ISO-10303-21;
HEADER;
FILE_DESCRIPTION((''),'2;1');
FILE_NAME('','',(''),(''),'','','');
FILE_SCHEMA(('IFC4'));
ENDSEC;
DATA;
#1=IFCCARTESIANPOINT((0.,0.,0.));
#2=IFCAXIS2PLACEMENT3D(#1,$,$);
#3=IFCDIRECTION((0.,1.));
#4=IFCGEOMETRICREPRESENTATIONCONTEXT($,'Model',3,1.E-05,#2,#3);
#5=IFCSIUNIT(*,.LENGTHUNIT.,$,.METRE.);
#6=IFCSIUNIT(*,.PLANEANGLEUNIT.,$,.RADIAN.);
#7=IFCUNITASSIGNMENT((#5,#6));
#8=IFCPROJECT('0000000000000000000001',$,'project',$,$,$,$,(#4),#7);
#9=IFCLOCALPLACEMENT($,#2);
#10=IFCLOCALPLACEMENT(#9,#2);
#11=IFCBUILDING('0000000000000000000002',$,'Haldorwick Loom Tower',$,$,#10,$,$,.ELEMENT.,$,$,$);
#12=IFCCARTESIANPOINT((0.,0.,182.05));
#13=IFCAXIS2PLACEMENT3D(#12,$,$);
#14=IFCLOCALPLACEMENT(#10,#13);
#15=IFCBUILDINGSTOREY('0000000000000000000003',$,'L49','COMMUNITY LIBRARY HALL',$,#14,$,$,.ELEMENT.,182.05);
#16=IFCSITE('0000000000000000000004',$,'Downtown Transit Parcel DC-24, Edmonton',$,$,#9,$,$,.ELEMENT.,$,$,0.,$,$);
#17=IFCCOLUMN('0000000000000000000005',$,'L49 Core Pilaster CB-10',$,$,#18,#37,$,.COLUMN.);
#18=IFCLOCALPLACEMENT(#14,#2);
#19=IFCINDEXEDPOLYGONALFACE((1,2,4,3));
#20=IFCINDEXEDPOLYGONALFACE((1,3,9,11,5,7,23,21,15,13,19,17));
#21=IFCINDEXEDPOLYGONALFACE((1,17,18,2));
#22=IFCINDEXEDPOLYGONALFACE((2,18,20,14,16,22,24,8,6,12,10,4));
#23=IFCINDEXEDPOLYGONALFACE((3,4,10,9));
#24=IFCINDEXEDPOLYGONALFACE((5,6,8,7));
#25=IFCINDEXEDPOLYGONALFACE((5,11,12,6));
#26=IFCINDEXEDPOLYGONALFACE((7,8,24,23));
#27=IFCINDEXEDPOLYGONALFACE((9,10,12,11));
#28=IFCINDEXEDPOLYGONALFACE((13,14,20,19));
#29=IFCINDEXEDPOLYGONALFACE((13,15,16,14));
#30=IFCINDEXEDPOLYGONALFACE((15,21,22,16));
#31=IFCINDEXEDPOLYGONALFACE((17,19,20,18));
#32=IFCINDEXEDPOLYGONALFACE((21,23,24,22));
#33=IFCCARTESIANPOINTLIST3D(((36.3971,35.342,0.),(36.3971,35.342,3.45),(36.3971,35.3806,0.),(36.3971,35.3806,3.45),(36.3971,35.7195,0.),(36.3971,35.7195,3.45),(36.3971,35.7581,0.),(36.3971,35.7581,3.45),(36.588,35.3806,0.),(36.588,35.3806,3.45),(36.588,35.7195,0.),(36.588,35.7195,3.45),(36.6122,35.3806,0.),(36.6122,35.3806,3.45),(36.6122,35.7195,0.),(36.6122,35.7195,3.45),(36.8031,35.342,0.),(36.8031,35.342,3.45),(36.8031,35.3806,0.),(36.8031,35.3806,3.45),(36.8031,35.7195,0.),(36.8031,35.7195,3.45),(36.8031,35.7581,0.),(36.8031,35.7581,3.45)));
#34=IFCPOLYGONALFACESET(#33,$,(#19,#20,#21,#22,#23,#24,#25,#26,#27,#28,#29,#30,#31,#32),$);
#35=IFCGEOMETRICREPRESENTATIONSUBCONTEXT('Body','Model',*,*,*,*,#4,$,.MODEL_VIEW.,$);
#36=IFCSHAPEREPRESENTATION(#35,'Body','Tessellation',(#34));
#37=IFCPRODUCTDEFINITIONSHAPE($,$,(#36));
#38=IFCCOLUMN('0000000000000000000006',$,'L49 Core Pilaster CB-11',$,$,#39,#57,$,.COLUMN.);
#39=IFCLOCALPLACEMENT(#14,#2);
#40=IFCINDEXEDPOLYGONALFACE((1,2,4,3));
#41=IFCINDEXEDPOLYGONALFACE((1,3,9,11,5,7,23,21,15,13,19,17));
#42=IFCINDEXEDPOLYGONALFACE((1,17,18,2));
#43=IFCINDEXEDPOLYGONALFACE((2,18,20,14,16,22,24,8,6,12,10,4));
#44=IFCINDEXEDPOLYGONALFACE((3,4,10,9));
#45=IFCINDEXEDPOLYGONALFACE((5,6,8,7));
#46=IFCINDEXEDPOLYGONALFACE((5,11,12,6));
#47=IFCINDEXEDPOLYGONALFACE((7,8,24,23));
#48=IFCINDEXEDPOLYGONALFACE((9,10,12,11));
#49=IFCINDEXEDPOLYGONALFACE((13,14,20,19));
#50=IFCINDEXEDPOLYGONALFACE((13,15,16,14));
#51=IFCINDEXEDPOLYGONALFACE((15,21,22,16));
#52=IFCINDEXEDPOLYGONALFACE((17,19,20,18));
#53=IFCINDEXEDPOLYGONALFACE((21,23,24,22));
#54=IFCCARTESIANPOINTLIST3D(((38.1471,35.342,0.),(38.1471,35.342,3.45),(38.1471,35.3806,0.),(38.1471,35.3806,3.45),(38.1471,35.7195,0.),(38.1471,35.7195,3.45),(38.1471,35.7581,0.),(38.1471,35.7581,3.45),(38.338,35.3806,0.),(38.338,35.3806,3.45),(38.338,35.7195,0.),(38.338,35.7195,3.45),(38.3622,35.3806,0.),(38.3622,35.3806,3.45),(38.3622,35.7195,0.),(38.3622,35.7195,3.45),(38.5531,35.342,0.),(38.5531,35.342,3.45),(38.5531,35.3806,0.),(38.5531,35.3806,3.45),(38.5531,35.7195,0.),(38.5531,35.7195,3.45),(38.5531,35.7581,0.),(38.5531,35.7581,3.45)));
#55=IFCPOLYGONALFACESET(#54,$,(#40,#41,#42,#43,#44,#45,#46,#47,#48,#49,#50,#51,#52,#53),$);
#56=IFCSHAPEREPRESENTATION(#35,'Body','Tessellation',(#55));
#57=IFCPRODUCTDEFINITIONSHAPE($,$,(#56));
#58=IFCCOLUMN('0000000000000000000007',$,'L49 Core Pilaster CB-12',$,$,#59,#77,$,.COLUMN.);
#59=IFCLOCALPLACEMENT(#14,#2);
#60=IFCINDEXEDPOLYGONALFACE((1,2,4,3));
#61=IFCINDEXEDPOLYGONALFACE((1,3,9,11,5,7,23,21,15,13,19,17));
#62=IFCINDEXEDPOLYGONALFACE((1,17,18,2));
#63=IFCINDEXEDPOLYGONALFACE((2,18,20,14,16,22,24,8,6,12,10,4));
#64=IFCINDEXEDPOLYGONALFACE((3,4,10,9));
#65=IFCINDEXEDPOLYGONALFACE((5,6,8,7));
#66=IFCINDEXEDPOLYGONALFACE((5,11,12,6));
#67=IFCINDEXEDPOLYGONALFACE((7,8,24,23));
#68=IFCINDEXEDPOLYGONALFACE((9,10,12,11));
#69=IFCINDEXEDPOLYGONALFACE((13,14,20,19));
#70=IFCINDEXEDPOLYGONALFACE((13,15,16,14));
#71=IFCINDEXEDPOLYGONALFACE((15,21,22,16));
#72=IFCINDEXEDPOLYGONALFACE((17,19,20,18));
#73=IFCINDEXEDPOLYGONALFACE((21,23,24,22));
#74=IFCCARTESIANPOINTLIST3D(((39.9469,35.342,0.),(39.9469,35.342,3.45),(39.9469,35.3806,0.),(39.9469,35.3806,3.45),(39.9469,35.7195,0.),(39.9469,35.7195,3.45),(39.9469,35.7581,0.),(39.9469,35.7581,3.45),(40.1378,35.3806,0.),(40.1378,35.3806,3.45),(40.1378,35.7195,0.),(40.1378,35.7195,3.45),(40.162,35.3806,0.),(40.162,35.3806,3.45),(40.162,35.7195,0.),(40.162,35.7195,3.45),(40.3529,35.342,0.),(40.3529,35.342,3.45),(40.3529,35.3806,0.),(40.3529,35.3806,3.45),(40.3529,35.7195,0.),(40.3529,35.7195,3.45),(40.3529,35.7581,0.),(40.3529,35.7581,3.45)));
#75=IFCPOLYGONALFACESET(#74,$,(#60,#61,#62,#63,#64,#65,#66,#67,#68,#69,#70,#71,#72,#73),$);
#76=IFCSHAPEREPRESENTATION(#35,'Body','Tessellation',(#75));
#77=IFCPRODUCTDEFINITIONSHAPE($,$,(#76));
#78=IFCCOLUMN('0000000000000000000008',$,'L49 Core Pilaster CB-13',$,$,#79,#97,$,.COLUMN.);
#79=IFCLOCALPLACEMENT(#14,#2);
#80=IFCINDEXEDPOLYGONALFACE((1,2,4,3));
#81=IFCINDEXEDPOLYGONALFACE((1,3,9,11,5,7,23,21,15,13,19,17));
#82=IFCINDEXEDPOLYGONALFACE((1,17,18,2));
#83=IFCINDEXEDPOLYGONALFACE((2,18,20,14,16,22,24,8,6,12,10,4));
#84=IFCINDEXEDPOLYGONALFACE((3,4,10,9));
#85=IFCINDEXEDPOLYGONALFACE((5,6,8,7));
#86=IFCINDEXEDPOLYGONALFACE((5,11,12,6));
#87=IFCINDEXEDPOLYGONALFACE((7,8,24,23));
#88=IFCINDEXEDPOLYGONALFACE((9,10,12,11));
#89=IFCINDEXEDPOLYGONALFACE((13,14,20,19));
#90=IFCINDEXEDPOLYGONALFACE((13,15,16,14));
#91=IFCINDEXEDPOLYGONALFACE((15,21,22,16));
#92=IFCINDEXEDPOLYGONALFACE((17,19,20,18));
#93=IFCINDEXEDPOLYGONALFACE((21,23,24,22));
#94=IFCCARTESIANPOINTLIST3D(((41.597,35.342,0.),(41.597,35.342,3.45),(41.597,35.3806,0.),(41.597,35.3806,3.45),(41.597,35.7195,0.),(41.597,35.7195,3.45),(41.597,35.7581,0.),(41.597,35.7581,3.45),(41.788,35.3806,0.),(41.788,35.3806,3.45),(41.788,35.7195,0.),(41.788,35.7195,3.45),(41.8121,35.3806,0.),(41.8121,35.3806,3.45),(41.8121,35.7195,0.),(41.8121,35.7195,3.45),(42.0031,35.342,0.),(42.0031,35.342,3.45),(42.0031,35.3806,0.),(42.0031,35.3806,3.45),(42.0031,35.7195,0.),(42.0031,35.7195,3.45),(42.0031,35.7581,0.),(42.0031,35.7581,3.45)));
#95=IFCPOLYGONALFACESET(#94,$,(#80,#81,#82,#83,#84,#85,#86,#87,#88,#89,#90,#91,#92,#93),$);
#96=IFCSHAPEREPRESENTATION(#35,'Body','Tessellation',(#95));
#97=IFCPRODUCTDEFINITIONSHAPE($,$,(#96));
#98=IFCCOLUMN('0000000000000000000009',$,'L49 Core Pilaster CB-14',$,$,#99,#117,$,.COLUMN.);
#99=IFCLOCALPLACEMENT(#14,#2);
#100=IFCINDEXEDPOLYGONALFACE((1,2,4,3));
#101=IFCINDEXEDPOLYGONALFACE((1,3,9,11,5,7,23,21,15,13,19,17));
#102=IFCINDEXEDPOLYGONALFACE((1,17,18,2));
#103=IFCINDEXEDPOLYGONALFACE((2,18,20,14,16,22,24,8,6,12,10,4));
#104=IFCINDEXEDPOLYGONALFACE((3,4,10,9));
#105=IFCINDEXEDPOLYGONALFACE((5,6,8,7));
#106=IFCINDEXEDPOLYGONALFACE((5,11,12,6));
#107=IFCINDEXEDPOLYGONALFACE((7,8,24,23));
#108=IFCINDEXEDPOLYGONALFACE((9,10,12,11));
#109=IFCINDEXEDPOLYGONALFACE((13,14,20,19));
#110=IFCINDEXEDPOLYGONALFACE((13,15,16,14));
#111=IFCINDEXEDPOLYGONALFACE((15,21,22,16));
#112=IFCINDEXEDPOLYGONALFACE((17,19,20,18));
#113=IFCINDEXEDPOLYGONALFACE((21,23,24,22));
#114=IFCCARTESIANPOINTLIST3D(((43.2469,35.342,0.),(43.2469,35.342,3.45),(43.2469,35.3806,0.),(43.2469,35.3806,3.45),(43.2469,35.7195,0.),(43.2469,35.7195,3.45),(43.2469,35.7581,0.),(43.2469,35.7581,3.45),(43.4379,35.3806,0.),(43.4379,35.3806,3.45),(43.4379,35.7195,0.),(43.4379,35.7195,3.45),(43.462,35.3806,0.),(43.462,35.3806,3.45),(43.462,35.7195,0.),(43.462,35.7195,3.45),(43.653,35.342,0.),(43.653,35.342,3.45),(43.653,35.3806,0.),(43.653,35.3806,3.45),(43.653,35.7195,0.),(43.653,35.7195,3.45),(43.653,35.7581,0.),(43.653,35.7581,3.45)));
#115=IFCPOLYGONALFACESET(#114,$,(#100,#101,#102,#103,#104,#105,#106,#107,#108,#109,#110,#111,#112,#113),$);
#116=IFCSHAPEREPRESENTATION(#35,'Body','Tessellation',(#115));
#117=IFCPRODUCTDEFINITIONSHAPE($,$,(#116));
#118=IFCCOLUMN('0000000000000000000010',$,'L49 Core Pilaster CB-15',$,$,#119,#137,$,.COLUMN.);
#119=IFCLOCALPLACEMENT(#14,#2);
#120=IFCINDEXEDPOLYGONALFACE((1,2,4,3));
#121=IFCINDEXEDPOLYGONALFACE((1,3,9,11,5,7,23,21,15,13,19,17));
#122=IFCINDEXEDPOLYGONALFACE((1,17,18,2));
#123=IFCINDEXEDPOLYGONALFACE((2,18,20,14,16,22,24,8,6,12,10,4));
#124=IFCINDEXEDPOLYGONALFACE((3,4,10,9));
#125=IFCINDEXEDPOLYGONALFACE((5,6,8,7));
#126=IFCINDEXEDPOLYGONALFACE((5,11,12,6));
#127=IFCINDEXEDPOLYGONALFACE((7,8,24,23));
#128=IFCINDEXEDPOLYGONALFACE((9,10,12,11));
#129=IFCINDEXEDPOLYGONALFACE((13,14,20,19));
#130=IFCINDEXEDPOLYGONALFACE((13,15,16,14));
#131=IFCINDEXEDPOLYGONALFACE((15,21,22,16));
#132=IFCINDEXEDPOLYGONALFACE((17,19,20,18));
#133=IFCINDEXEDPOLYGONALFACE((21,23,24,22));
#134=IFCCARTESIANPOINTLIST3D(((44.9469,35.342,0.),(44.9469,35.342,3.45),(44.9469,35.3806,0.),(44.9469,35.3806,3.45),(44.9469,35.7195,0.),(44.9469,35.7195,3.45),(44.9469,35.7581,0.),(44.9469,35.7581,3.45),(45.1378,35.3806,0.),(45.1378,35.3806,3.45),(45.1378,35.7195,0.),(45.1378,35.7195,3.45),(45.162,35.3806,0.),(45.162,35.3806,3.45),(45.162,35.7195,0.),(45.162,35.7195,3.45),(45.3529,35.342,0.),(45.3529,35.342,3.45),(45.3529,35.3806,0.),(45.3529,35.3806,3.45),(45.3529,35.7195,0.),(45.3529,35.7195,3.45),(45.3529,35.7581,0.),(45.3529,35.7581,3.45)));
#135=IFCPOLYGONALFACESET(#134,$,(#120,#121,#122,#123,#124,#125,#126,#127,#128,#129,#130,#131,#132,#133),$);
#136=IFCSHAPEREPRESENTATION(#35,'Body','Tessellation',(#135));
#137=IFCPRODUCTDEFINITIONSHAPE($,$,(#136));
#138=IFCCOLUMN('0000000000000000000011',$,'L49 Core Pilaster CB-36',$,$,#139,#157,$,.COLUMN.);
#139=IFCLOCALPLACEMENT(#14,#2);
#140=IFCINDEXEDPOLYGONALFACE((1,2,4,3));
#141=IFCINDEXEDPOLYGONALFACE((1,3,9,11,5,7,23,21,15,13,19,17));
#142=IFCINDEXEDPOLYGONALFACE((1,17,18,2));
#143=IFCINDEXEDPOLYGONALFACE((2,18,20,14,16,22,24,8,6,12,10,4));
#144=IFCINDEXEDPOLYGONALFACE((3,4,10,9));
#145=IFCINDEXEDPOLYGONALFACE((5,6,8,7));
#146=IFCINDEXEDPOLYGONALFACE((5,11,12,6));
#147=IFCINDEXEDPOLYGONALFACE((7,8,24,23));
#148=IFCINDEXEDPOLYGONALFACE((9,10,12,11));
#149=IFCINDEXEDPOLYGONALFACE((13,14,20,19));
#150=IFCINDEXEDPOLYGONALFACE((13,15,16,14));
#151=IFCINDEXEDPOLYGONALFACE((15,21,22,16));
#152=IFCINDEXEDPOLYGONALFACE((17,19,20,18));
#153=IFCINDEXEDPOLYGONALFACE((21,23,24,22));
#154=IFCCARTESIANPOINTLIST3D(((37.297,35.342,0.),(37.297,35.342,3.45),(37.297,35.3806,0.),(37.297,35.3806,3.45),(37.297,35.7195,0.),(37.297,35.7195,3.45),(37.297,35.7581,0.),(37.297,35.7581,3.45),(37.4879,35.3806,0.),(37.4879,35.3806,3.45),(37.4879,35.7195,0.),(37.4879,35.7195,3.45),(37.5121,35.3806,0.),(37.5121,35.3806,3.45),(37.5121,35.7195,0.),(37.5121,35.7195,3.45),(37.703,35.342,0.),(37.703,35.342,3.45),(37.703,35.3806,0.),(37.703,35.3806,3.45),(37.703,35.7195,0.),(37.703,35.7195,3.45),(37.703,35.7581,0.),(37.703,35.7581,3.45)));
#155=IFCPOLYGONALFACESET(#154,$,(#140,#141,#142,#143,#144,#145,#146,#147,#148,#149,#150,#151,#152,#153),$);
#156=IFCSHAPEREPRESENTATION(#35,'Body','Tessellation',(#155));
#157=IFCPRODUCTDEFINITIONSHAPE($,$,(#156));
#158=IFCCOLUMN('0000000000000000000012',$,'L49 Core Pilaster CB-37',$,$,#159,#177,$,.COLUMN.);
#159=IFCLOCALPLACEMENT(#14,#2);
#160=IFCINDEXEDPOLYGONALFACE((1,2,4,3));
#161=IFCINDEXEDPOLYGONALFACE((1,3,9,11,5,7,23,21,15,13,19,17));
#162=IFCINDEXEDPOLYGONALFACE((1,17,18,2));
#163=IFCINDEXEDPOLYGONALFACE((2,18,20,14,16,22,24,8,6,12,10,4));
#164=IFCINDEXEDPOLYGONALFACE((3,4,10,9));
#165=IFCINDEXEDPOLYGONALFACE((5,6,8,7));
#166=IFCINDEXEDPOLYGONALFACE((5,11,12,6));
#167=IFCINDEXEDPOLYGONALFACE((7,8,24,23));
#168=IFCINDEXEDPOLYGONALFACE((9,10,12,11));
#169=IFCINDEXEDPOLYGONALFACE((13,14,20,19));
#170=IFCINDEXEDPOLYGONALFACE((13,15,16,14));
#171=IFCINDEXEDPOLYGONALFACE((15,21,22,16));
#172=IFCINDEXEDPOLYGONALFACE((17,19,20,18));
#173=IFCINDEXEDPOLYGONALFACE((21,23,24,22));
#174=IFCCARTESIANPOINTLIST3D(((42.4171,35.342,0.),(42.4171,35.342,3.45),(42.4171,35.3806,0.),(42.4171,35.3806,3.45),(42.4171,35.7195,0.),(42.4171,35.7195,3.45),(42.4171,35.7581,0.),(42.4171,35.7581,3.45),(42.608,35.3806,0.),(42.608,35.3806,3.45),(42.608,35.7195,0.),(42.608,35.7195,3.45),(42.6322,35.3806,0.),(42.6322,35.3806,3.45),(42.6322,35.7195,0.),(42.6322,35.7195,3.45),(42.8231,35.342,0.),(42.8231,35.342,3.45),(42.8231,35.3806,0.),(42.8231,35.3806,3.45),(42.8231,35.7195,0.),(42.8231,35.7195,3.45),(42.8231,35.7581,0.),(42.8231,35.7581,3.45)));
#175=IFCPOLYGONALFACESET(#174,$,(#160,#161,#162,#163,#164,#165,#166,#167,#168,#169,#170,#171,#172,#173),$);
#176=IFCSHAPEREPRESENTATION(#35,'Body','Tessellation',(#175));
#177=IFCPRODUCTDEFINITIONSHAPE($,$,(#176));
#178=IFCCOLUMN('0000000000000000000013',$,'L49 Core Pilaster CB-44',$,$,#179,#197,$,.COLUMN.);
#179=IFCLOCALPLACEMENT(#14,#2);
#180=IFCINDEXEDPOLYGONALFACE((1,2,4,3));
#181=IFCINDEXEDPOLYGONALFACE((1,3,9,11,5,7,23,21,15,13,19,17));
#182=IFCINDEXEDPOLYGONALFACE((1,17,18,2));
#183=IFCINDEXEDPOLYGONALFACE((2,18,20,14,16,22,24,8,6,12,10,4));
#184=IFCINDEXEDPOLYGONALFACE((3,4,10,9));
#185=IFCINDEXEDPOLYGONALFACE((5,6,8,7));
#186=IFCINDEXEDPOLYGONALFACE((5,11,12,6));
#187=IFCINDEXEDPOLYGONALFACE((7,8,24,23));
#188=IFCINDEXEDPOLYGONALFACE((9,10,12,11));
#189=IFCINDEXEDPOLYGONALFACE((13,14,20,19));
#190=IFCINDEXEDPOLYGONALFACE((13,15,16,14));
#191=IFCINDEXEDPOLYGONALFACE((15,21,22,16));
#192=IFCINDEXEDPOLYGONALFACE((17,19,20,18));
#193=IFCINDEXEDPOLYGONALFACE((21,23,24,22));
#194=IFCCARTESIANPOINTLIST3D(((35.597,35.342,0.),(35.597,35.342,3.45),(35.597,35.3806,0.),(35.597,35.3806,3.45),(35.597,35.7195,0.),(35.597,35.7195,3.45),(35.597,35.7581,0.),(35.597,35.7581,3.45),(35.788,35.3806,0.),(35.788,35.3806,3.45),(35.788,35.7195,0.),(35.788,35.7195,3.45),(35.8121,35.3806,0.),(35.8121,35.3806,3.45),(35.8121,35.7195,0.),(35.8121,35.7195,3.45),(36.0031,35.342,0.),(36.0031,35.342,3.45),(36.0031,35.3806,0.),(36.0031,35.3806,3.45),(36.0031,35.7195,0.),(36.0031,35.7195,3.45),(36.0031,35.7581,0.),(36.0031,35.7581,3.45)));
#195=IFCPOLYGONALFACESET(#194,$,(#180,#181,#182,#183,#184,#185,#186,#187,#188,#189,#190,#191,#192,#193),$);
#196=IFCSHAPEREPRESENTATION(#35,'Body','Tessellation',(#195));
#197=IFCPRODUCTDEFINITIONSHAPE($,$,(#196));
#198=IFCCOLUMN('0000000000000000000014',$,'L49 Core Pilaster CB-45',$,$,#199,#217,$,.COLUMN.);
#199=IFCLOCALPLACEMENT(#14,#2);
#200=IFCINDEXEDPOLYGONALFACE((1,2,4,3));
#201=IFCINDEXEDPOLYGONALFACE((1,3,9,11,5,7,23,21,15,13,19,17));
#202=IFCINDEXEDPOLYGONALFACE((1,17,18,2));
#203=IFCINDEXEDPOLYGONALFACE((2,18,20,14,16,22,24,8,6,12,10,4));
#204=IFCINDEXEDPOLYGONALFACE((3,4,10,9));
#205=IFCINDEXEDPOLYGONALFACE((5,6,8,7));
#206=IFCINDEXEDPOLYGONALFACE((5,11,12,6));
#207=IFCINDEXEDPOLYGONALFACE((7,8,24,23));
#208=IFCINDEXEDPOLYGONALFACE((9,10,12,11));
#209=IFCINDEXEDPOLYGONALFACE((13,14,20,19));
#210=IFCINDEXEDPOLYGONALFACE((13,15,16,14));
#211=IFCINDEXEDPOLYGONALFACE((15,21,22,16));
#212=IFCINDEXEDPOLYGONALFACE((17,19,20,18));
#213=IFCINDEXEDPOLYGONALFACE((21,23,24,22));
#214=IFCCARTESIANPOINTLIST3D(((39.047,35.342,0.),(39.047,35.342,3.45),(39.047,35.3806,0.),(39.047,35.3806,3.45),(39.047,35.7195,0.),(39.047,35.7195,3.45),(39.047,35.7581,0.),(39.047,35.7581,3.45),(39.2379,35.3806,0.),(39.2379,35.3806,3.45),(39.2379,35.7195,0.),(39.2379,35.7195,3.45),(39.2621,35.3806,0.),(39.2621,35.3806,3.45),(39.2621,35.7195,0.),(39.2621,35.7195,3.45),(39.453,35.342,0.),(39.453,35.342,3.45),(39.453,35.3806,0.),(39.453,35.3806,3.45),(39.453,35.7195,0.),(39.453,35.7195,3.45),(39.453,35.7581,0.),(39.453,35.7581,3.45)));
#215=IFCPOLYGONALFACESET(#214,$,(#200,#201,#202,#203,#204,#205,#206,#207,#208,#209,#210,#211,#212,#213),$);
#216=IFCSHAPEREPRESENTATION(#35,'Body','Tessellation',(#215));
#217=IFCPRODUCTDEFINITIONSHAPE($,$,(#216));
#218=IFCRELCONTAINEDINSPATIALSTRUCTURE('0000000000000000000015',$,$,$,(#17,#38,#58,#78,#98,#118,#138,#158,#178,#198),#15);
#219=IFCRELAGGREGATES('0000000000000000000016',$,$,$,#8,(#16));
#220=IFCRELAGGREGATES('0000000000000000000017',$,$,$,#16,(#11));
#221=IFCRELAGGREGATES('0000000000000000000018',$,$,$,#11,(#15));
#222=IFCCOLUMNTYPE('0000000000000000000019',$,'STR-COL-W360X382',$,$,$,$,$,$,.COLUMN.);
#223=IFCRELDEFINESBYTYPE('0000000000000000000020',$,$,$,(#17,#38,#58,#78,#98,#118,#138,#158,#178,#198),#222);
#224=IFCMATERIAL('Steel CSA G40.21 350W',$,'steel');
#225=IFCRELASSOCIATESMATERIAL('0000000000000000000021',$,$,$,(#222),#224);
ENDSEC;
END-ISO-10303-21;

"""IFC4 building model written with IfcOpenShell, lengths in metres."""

from ifc_helpers import new_model, si_unit, direction, frame, origin, origin_2d, place, context, subcontext, project, spatial, i_section, extrude, material, material_profile, profile_set, type_object, element, save


model = new_model("IFC4")

# Units and contexts
model_context = context("Model", 3, precision=1e-05, world=origin(), true_north=direction((0.0, 1.0)))
body_context = subcontext(model_context, "Body", "Model", "MODEL_VIEW")
ifc_project = project(units=[si_unit("LENGTHUNIT", "METRE"), si_unit("PLANEANGLEUNIT", "RADIAN")], contexts=[model_context])

# Site, building, storey
site_placement = place(None, origin())
site = spatial("IfcSite", under=ifc_project, at=site_placement, Name="Downtown Transit Parcel DC-24, Edmonton", CompositionType="ELEMENT", RefElevation=0.0)
building_placement = place(site_placement, origin())
building = spatial("IfcBuilding", under=site, at=building_placement, Name="Haldorwick Loom Tower", CompositionType="ELEMENT")
storey_placement = place(building_placement, frame((0.0, 0.0, 182.05)))
storey = spatial("IfcBuildingStorey", under=building, at=storey_placement, Name="L49", Description="COMMUNITY LIBRARY HALL", CompositionType="ELEMENT", Elevation=182.05)

# Columns
ifc_material_1 = material(Name="Steel CSA G40.21 350W", Category="steel")
ifc_material_profile_1 = material_profile(ifc_material_1, i_section(OverallWidth=0.406, OverallDepth=0.416, WebThickness=0.0242, FlangeThickness=0.0386, at=origin_2d()), Name="W360X382", Category="steel")
ifc_profile_set_1 = profile_set([ifc_material_profile_1], Name="Steel CSA G40.21 350W")
column_type = type_object("IfcColumnType", Name="STR-COL-W360X382", PredefinedType="COLUMN", material=ifc_profile_set_1)
for number, where, z_axis, x_axis, name in (
    (1, (36.6001, 35.55, 0.0), (0.0, 0.0, 1.0), (1.0, 0.0, 0.0), "L49 Core Pilaster CB-10"),
    (2, (38.3501, 35.55, 0.0), (0.0, 0.0, 1.0), (1.0, 0.0, 0.0), "L49 Core Pilaster CB-11"),
    (3, (40.1499, 35.55, 0.0), (0.0, 0.0, 1.0), (1.0, 0.0, 0.0), "L49 Core Pilaster CB-12"),
    (4, (41.8, 35.55, 0.0), (0.0, 0.0, 1.0), (1.0, 0.0, 0.0), "L49 Core Pilaster CB-13"),
    (5, (43.45, 35.55, 0.0), (0.0, 0.0, 1.0), (1.0, 0.0, 0.0), "L49 Core Pilaster CB-14"),
    (6, (45.1499, 35.55, 0.0), (0.0, 0.0, 1.0), (1.0, 0.0, 0.0), "L49 Core Pilaster CB-15"),
    (7, (37.5, 35.55, 0.0), (0.0, 0.0, 1.0), (1.0, 0.0, 0.0), "L49 Core Pilaster CB-36"),
    (8, (42.6201, 35.55, 0.0), (0.0, 0.0, 1.0), (1.0, 0.0, 0.0), "L49 Core Pilaster CB-37"),
    (9, (35.8, 35.55, 0.0), (0.0, 0.0, 1.0), (1.0, 0.0, 0.0), "L49 Core Pilaster CB-44"),
    (10, (39.25, 35.55, 0.0), (0.0, 0.0, 1.0), (1.0, 0.0, 0.0), "L49 Core Pilaster CB-45"),
):
    element("IfcColumn", number, at=place(storey_placement, frame(where, z_axis=z_axis, x_axis=x_axis)), inside=storey, type_object=column_type, Name=name, PredefinedType="COLUMN", context=body_context, shape_type="SweptSolid", body=[
        extrude(i_section(OverallWidth=0.406, OverallDepth=0.416, WebThickness=0.0242, FlangeThickness=0.0386, at=origin_2d()), origin(), (0.0, 0.0, 1.0), 3.45),
    ])

save(model, "model.ifc")
